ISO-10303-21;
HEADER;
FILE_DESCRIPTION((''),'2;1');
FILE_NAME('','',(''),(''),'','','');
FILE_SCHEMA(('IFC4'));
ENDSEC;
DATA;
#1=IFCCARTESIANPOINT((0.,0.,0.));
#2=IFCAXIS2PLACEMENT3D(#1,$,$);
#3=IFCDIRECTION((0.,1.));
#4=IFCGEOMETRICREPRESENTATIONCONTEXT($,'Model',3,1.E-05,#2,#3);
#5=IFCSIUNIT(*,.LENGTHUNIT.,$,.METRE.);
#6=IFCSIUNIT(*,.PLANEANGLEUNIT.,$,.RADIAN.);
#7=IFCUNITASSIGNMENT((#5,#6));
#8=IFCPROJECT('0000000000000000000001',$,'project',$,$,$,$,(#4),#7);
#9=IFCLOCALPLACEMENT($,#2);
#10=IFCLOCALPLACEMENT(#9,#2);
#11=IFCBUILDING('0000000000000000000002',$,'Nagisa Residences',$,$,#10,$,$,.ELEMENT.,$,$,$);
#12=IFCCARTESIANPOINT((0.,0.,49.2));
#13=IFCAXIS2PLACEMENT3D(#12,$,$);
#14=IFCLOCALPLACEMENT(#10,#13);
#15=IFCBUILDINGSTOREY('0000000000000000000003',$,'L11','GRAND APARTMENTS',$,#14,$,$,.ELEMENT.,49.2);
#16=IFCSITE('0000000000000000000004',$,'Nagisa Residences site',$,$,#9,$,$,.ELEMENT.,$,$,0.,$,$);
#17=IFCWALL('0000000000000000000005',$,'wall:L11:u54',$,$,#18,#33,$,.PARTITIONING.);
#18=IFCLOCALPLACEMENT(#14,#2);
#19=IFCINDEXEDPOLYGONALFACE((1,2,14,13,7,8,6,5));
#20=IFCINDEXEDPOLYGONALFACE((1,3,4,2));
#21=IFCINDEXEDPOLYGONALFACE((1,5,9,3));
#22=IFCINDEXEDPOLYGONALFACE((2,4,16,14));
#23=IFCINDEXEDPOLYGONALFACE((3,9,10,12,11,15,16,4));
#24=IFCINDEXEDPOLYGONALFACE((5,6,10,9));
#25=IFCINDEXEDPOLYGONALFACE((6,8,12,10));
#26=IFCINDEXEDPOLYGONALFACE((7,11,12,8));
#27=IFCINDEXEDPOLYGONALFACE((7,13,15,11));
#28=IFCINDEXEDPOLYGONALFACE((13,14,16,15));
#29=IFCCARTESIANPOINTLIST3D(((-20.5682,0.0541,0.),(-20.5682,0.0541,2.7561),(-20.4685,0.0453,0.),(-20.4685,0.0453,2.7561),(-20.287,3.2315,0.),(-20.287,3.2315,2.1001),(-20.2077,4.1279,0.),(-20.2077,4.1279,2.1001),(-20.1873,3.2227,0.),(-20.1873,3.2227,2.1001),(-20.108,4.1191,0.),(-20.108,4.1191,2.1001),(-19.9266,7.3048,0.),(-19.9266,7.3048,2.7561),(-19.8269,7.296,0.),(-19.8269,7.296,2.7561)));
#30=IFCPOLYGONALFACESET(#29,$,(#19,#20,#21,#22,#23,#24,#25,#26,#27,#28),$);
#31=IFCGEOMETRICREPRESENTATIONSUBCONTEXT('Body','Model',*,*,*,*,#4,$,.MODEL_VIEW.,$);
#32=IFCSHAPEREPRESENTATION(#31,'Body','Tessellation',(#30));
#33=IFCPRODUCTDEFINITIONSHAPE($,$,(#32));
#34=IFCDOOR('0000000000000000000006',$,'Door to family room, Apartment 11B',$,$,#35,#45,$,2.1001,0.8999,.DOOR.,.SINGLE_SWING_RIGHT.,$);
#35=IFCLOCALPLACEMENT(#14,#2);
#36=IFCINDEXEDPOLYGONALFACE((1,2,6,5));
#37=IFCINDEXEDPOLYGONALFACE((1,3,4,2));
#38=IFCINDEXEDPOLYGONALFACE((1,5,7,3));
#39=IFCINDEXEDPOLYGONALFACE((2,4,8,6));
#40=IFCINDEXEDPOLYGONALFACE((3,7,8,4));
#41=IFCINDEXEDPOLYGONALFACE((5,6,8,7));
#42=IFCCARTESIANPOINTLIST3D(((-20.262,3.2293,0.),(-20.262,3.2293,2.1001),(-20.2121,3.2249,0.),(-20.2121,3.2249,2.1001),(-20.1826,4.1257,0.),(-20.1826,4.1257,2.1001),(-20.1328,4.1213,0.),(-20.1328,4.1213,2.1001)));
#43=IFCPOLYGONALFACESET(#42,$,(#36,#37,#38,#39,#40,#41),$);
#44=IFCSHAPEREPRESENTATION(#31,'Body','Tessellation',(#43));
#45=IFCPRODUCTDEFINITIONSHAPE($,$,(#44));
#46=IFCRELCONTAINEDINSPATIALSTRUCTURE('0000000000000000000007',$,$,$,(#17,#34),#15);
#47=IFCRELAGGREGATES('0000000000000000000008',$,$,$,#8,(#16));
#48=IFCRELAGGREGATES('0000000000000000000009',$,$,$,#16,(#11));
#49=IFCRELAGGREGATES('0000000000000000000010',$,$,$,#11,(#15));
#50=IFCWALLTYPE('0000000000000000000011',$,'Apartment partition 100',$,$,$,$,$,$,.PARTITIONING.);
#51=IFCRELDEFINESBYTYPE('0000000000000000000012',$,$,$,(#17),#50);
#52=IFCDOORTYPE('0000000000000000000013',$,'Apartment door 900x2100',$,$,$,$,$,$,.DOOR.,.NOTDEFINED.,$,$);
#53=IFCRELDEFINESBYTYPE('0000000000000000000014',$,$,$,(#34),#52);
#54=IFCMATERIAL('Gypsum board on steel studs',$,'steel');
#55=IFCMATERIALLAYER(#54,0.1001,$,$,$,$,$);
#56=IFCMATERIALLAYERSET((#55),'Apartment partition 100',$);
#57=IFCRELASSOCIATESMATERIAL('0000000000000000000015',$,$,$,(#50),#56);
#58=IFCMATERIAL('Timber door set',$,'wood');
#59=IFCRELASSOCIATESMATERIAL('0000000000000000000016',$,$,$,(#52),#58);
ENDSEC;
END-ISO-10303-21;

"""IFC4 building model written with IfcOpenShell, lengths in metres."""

from ifc_helpers import new_model, si_unit, direction, frame, frame_2d, origin, place, context, subcontext, project, spatial, rectangle, extrude, material, layer, layer_set, type_object, element, fill, save


model = new_model("IFC4")

# Units and contexts
model_context = context("Model", 3, precision=1e-05, world=origin(), true_north=direction((0.0, 1.0)))
body_context = subcontext(model_context, "Body", "Model", "MODEL_VIEW")
ifc_project = project(units=[si_unit("LENGTHUNIT", "METRE"), si_unit("PLANEANGLEUNIT", "RADIAN")], contexts=[model_context])

# Site, building, storey
site_placement = place(None, origin())
site = spatial("IfcSite", under=ifc_project, at=site_placement, Name="Nagisa Residences site", CompositionType="ELEMENT", RefElevation=0.0)
building_placement = place(site_placement, origin())
building = spatial("IfcBuilding", under=site, at=building_placement, Name="Nagisa Residences", CompositionType="ELEMENT")
storey_placement = place(building_placement, frame((0.0, 0.0, 49.2)))
storey = spatial("IfcBuildingStorey", under=building, at=storey_placement, Name="L11", Description="GRAND APARTMENTS", CompositionType="ELEMENT", Elevation=49.2)

# Wall, opening, door
ifc_material_1 = material(Name="Gypsum board on steel studs", Category="steel")
ifc_layer_1 = layer(ifc_material_1, 0.1001)
ifc_layer_set_1 = layer_set([ifc_layer_1], Name="Apartment partition 100")
wall_type_1 = type_object("IfcWallType", Name="Apartment partition 100", PredefinedType="PARTITIONING", material=ifc_layer_set_1)
wall_1_placement = place(storey_placement, frame((-19.8767, 7.3005, 0.0), z_axis=(0.0, 0.0, 1.0), x_axis=(-0.088143, -0.996108, 0.0)))
wall_1 = element("IfcWall", 1, at=wall_1_placement, inside=storey, type_object=wall_type_1, Name="wall:L11:u54", PredefinedType="PARTITIONING", context=body_context, shape_type="SweptSolid", body=[
    extrude(rectangle(XDim=7.2791, YDim=0.1001, at=frame_2d((3.6396, 0.0))), origin(), (0.0, 0.0, 1.0), 2.7561),
])
opening_1_placement = place(wall_1_placement, frame((3.1895, 0.0, 0.0)))
opening_1 = element("IfcOpeningElement", 2, at=opening_1_placement, cuts=wall_1, PredefinedType="OPENING", context=body_context, shape_type="SweptSolid", body=[
    extrude(rectangle(XDim=0.8999, YDim=2.1001, at=frame_2d((0.45, 1.05))), frame((0.0, 0.0601, 0.0), z_axis=(0.0, -1.0, 0.0), x_axis=(1.0, 0.0, 0.0)), (0.0, 0.0, 1.0), 0.1201),
])
ifc_material_2 = material(Name="Timber door set", Category="wood")
door_type_1 = type_object("IfcDoorType", Name="Apartment door 900x2100", OperationType="NOTDEFINED", PredefinedType="DOOR", material=ifc_material_2)
door_1_placement = place(opening_1_placement, frame((0.8999, 0.0, 0.0), x_axis=(-1.0, 0.0, 0.0)))
door_1 = element("IfcDoor", 3, at=door_1_placement, inside=storey, type_object=door_type_1, Name="Door to family room, Apartment 11B", OperationType="SINGLE_SWING_RIGHT", OverallHeight=2.1001, OverallWidth=0.8999, PredefinedType="DOOR", context=body_context, shape_type="SweptSolid", body=[
    extrude(rectangle(XDim=0.8999, YDim=2.1001, at=frame_2d((0.45, 1.05))), frame((0.0, 0.0249, 0.0), z_axis=(0.0, -1.0, 0.0), x_axis=(1.0, 0.0, 0.0)), (0.0, 0.0, 1.0), 0.05),
])
fill(opening_1, door_1)

save(model, "model.ifc")
